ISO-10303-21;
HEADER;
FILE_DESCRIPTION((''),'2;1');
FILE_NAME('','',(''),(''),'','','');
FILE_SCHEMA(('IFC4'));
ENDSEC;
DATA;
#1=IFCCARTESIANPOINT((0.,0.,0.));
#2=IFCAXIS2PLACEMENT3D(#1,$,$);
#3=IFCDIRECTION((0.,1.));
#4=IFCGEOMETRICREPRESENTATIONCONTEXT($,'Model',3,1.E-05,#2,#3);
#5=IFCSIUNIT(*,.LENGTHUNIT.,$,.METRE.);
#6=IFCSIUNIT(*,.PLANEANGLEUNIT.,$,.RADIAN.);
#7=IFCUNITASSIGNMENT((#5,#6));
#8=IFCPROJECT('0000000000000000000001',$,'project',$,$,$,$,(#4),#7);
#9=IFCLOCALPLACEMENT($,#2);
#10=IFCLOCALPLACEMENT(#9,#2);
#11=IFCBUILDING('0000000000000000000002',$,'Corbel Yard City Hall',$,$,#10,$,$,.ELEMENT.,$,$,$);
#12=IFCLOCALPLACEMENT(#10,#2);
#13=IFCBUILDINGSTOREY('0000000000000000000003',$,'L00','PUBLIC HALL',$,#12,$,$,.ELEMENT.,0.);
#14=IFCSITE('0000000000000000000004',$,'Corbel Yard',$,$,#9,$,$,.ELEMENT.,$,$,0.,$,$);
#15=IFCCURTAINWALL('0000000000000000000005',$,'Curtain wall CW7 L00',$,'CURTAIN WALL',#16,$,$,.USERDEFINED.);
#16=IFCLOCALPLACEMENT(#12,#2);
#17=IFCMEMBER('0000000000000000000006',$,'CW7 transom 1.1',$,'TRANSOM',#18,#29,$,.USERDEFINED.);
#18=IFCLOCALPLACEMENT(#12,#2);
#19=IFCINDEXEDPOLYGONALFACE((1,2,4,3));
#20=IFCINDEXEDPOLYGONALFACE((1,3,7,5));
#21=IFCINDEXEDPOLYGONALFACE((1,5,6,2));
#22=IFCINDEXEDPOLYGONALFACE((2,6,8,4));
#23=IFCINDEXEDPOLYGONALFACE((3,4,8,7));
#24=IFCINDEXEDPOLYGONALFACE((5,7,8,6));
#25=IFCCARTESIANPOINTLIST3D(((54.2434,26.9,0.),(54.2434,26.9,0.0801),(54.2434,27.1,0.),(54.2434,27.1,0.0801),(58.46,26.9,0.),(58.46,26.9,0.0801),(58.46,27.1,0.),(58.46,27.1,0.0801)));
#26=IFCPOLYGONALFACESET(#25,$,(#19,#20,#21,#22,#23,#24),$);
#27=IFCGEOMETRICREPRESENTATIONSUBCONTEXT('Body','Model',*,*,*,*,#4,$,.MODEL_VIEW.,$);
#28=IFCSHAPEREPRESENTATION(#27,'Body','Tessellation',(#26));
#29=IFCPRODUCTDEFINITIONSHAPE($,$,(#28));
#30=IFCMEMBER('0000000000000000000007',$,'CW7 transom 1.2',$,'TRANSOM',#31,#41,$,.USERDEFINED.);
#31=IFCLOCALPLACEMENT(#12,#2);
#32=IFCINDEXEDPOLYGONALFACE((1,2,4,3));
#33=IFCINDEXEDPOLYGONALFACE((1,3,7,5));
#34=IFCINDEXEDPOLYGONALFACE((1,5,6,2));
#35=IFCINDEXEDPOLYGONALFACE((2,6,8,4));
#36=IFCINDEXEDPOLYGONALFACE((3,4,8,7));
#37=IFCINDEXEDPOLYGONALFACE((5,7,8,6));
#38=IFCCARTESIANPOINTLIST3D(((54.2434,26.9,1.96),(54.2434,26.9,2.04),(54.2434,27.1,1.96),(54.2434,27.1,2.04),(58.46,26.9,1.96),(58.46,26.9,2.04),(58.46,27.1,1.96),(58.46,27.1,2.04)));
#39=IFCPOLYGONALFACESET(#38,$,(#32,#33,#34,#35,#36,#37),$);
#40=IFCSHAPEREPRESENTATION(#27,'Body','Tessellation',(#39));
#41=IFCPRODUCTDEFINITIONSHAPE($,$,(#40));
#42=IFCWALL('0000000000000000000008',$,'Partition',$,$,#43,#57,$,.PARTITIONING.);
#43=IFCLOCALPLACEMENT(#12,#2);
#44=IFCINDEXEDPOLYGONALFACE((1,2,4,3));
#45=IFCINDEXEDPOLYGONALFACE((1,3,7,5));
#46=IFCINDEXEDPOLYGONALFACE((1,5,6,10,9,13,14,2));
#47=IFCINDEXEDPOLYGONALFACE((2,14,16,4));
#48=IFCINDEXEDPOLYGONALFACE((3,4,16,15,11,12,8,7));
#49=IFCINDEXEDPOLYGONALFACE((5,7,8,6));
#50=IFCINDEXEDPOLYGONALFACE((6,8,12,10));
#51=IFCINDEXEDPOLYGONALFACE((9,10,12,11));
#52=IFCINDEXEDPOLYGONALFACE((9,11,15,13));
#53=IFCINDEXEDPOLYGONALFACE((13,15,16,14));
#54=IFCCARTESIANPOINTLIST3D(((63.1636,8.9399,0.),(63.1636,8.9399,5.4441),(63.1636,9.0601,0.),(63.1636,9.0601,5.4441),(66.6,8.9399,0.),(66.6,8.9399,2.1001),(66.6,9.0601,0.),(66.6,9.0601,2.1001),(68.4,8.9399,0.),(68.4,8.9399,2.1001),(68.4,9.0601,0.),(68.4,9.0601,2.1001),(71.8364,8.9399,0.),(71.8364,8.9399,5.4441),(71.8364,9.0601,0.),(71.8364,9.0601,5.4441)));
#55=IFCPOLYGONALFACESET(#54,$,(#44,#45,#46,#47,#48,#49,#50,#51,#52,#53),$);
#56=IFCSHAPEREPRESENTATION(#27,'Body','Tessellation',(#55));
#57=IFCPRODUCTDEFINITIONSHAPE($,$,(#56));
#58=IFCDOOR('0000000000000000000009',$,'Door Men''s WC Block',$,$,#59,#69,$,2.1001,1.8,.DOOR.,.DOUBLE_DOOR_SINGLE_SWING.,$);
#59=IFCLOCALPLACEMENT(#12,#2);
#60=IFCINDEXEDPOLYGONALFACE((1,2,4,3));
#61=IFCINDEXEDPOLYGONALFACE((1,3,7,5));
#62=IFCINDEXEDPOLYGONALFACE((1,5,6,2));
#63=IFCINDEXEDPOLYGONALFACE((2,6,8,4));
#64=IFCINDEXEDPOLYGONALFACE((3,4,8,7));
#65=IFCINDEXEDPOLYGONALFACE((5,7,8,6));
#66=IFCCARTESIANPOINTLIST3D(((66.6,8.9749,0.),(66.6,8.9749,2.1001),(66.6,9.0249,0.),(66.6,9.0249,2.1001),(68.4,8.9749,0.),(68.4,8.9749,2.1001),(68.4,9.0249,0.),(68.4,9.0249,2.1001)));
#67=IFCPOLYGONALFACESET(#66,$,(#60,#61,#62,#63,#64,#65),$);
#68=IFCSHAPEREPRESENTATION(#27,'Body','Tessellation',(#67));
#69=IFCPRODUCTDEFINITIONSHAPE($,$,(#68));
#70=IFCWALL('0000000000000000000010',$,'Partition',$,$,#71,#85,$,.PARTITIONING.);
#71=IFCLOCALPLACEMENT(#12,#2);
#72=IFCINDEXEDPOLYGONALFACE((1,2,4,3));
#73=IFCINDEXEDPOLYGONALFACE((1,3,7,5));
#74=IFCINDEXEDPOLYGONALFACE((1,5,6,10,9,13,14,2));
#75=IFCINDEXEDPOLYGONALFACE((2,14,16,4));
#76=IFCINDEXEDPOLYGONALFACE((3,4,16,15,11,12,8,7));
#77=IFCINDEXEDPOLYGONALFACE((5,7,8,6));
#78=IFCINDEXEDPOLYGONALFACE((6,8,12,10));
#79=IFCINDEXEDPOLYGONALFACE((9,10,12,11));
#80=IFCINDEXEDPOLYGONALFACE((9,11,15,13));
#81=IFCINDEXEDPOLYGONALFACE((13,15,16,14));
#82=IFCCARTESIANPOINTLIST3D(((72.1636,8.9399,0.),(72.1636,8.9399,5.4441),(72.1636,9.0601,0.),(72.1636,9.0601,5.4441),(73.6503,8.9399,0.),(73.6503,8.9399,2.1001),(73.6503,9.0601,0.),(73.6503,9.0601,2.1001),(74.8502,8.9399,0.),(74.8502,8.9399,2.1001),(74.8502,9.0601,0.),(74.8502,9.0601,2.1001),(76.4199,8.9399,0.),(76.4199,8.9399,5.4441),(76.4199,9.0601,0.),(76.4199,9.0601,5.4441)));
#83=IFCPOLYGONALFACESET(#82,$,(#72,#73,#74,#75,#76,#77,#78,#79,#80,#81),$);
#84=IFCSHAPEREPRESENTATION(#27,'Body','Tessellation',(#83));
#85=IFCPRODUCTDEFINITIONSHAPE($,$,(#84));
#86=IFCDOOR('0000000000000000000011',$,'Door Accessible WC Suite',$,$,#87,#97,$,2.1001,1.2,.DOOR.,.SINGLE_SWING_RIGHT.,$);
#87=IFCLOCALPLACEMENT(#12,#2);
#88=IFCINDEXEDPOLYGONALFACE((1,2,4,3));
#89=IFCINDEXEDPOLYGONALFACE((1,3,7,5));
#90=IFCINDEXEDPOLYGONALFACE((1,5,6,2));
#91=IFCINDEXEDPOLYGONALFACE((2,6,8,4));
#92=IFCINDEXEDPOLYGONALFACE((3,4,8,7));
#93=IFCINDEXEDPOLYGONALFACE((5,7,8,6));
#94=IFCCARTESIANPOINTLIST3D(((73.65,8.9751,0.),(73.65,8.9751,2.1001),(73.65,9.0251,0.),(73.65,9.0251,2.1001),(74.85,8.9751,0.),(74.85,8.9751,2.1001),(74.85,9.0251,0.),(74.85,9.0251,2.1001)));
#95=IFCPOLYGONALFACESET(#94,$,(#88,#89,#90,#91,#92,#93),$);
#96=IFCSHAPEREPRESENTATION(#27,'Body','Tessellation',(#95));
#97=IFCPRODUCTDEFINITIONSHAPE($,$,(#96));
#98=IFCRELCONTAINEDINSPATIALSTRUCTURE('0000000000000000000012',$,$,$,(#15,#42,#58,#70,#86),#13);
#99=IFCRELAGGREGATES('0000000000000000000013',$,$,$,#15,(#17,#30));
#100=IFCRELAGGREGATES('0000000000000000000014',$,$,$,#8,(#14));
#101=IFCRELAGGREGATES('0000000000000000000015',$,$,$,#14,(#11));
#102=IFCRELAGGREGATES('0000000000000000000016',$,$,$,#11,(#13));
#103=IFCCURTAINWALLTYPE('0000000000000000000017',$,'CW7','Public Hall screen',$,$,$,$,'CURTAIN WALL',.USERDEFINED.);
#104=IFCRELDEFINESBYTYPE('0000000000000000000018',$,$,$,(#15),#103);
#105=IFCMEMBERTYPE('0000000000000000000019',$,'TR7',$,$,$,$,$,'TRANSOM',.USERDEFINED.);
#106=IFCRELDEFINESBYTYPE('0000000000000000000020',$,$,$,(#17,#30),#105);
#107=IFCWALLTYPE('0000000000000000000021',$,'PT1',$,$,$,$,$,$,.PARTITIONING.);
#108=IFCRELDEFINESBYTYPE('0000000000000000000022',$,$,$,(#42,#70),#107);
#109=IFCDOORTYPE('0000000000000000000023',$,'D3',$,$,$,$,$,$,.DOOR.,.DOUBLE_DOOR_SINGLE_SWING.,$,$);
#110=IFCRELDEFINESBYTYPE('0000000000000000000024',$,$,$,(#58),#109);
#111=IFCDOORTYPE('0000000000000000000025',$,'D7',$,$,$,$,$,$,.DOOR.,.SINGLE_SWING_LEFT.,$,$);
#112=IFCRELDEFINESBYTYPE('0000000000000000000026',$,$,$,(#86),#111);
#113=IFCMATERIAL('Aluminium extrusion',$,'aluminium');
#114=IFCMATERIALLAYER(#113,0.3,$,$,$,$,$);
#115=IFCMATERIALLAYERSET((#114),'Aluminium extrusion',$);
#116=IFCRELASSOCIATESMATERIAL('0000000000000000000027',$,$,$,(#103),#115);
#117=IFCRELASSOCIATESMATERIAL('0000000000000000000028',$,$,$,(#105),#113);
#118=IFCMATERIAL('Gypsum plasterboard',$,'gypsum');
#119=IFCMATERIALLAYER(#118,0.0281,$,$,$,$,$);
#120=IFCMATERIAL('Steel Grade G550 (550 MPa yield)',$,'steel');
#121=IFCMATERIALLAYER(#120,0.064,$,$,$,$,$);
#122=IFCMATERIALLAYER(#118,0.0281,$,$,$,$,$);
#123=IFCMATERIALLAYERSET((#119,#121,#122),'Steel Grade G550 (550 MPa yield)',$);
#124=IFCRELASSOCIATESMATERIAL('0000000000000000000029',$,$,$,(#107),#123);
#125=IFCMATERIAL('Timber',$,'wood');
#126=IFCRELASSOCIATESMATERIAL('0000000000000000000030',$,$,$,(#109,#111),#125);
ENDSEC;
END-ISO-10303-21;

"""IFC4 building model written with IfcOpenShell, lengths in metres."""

from ifc_helpers import new_model, si_unit, direction, frame, frame_2d, origin, origin_2d, place, context, subcontext, project, spatial, rectangle, extrude, material, layer, layer_set, material_profile, profile_set, type_object, element, fill, aggregate, save


model = new_model("IFC4")

# Units and contexts
model_context = context("Model", 3, precision=1e-05, world=origin(), true_north=direction((0.0, 1.0)))
body_context = subcontext(model_context, "Body", "Model", "MODEL_VIEW")
ifc_project = project(units=[si_unit("LENGTHUNIT", "METRE"), si_unit("PLANEANGLEUNIT", "RADIAN")], contexts=[model_context])

# Site, building, storey
site_placement = place(None, origin())
site = spatial("IfcSite", under=ifc_project, at=site_placement, Name="Corbel Yard", CompositionType="ELEMENT", RefElevation=0.0)
building_placement = place(site_placement, origin())
building = spatial("IfcBuilding", under=site, at=building_placement, Name="Corbel Yard City Hall", CompositionType="ELEMENT")
storey_placement = place(building_placement, origin())
storey = spatial("IfcBuildingStorey", under=building, at=storey_placement, Name="L00", Description="PUBLIC HALL", CompositionType="ELEMENT", Elevation=0.0)

# Curtain wall, members
ifc_material_1 = material(Name="Aluminium extrusion", Category="aluminium")
ifc_layer_1 = layer(ifc_material_1, 0.3)
ifc_layer_set_1 = layer_set([ifc_layer_1], Name="Aluminium extrusion")
curtain_wall_type = type_object("IfcCurtainWallType", Name="CW7", Description="Public Hall screen", ElementType="CURTAIN WALL", PredefinedType="USERDEFINED", material=ifc_layer_set_1)
curtain_wall_placement = place(storey_placement, origin())
curtain_wall = element("IfcCurtainWall", 1, at=curtain_wall_placement, inside=storey, type_object=curtain_wall_type, Name="Curtain wall CW7 L00", ObjectType="CURTAIN WALL", PredefinedType="USERDEFINED")
ifc_material_profile_1 = material_profile(ifc_material_1, rectangle(XDim=0.2, YDim=0.0801, at=origin_2d()), Name="200x80")
ifc_profile_set_1 = profile_set([ifc_material_profile_1], Name="Aluminium extrusion")
member_type_1 = type_object("IfcMemberType", Name="TR7", ElementType="TRANSOM", PredefinedType="USERDEFINED", material=ifc_profile_set_1)
member_1_placement = place(storey_placement, frame((54.2434, 27.0, 0.04), z_axis=(1.0, 0.0, 0.0), x_axis=(0.0, 1.0, 0.0)))
member_1 = element("IfcMember", 2, at=member_1_placement, type_object=member_type_1, Name="CW7 transom 1.1", ObjectType="TRANSOM", PredefinedType="USERDEFINED", context=body_context, shape_type="SweptSolid", body=[
    extrude(rectangle(XDim=0.2, YDim=0.0801, at=origin_2d()), origin(), (0.0, 0.0, 1.0), 4.2166),
])
member_2_placement = place(storey_placement, frame((54.2434, 27.0, 2.0), z_axis=(1.0, 0.0, 0.0), x_axis=(0.0, 1.0, 0.0)))
member_2 = element("IfcMember", 3, at=member_2_placement, type_object=member_type_1, Name="CW7 transom 1.2", ObjectType="TRANSOM", PredefinedType="USERDEFINED", context=body_context, shape_type="SweptSolid", body=[
    extrude(rectangle(XDim=0.2, YDim=0.0801, at=origin_2d()), origin(), (0.0, 0.0, 1.0), 4.2166),
])
aggregate(curtain_wall, [member_1, member_2])

# Walls, openings, doors
ifc_material_2 = material(Name="Gypsum plasterboard", Category="gypsum")
ifc_layer_2 = layer(ifc_material_2, 0.0281)
ifc_material_3 = material(Name="Steel Grade G550 (550 MPa yield)", Category="steel")
ifc_layer_3 = layer(ifc_material_3, 0.064)
ifc_layer_4 = layer(ifc_material_2, 0.0281)
ifc_layer_set_2 = layer_set([ifc_layer_2, ifc_layer_3, ifc_layer_4], Name="Steel Grade G550 (550 MPa yield)")
wall_type = type_object("IfcWallType", Name="PT1", PredefinedType="PARTITIONING", material=ifc_layer_set_2)
wall_1_placement = place(storey_placement, frame((63.1636, 9.0, 0.0), z_axis=(0.0, 0.0, 1.0), x_axis=(1.0, 0.0, 0.0)))
wall_1 = element("IfcWall", 4, at=wall_1_placement, inside=storey, type_object=wall_type, Name="Partition", PredefinedType="PARTITIONING", context=body_context, shape_type="SweptSolid", body=[
    extrude(rectangle(XDim=8.6729, YDim=0.1201, at=frame_2d((4.3364, 0.0))), origin(), (0.0, 0.0, 1.0), 5.4441),
])
opening_1_placement = place(wall_1_placement, frame((3.4365, 0.0, 0.0)))
opening_1 = element("IfcOpeningElement", 5, at=opening_1_placement, cuts=wall_1, PredefinedType="OPENING", context=body_context, shape_type="SweptSolid", body=[
    extrude(rectangle(XDim=1.8, YDim=2.1001, at=frame_2d((0.8999, 1.05))), frame((0.0, 0.0701, 0.0), z_axis=(0.0, -1.0, 0.0), x_axis=(1.0, 0.0, 0.0)), (0.0, 0.0, 1.0), 0.1401),
])
ifc_material_4 = material(Name="Timber", Category="wood")
door_type_1 = type_object("IfcDoorType", Name="D3", OperationType="DOUBLE_DOOR_SINGLE_SWING", PredefinedType="DOOR", material=ifc_material_4)
door_1_placement = place(opening_1_placement, origin())
door_1 = element("IfcDoor", 6, at=door_1_placement, inside=storey, type_object=door_type_1, Name="Door Men's WC Block", OperationType="DOUBLE_DOOR_SINGLE_SWING", OverallHeight=2.1001, OverallWidth=1.8, PredefinedType="DOOR", context=body_context, shape_type="SweptSolid", body=[
    extrude(rectangle(XDim=1.8, YDim=2.1001, at=frame_2d((0.8999, 1.05))), frame((0.0, 0.0249, 0.0), z_axis=(0.0, -1.0, 0.0), x_axis=(1.0, 0.0, 0.0)), (0.0, 0.0, 1.0), 0.05),
])
fill(opening_1, door_1)
wall_2_placement = place(storey_placement, frame((72.1636, 9.0, 0.0), z_axis=(0.0, 0.0, 1.0), x_axis=(1.0, 0.0, 0.0)))
wall_2 = element("IfcWall", 7, at=wall_2_placement, inside=storey, type_object=wall_type, Name="Partition", PredefinedType="PARTITIONING", context=body_context, shape_type="SweptSolid", body=[
    extrude(rectangle(XDim=4.2563, YDim=0.1201, at=frame_2d((2.1282, 0.0))), origin(), (0.0, 0.0, 1.0), 5.4441),
])
opening_2_placement = place(wall_2_placement, frame((1.4866, 0.0, 0.0)))
opening_2 = element("IfcOpeningElement", 8, at=opening_2_placement, cuts=wall_2, PredefinedType="OPENING", context=body_context, shape_type="SweptSolid", body=[
    extrude(rectangle(XDim=1.2, YDim=2.1001, at=frame_2d((0.6001, 1.05))), frame((0.0, 0.0701, 0.0), z_axis=(0.0, -1.0, 0.0), x_axis=(1.0, 0.0, 0.0)), (0.0, 0.0, 1.0), 0.1401),
])
door_type_2 = type_object("IfcDoorType", Name="D7", OperationType="SINGLE_SWING_LEFT", PredefinedType="DOOR", material=ifc_material_4)
door_2_placement = place(opening_2_placement, frame((1.2, 0.0, 0.0), z_axis=(0.0, 0.0, 1.0), x_axis=(-1.0, 0.0, 0.0)))
door_2 = element("IfcDoor", 9, at=door_2_placement, inside=storey, type_object=door_type_2, Name="Door Accessible WC Suite", OperationType="SINGLE_SWING_RIGHT", OverallHeight=2.1001, OverallWidth=1.2, PredefinedType="DOOR", context=body_context, shape_type="SweptSolid", body=[
    extrude(rectangle(XDim=1.2, YDim=2.1001, at=frame_2d((0.6001, 1.05))), frame((0.0, 0.0249, 0.0), z_axis=(0.0, -1.0, 0.0), x_axis=(1.0, 0.0, 0.0)), (0.0, 0.0, 1.0), 0.05),
])
fill(opening_2, door_2)

save(model, "model.ifc")
